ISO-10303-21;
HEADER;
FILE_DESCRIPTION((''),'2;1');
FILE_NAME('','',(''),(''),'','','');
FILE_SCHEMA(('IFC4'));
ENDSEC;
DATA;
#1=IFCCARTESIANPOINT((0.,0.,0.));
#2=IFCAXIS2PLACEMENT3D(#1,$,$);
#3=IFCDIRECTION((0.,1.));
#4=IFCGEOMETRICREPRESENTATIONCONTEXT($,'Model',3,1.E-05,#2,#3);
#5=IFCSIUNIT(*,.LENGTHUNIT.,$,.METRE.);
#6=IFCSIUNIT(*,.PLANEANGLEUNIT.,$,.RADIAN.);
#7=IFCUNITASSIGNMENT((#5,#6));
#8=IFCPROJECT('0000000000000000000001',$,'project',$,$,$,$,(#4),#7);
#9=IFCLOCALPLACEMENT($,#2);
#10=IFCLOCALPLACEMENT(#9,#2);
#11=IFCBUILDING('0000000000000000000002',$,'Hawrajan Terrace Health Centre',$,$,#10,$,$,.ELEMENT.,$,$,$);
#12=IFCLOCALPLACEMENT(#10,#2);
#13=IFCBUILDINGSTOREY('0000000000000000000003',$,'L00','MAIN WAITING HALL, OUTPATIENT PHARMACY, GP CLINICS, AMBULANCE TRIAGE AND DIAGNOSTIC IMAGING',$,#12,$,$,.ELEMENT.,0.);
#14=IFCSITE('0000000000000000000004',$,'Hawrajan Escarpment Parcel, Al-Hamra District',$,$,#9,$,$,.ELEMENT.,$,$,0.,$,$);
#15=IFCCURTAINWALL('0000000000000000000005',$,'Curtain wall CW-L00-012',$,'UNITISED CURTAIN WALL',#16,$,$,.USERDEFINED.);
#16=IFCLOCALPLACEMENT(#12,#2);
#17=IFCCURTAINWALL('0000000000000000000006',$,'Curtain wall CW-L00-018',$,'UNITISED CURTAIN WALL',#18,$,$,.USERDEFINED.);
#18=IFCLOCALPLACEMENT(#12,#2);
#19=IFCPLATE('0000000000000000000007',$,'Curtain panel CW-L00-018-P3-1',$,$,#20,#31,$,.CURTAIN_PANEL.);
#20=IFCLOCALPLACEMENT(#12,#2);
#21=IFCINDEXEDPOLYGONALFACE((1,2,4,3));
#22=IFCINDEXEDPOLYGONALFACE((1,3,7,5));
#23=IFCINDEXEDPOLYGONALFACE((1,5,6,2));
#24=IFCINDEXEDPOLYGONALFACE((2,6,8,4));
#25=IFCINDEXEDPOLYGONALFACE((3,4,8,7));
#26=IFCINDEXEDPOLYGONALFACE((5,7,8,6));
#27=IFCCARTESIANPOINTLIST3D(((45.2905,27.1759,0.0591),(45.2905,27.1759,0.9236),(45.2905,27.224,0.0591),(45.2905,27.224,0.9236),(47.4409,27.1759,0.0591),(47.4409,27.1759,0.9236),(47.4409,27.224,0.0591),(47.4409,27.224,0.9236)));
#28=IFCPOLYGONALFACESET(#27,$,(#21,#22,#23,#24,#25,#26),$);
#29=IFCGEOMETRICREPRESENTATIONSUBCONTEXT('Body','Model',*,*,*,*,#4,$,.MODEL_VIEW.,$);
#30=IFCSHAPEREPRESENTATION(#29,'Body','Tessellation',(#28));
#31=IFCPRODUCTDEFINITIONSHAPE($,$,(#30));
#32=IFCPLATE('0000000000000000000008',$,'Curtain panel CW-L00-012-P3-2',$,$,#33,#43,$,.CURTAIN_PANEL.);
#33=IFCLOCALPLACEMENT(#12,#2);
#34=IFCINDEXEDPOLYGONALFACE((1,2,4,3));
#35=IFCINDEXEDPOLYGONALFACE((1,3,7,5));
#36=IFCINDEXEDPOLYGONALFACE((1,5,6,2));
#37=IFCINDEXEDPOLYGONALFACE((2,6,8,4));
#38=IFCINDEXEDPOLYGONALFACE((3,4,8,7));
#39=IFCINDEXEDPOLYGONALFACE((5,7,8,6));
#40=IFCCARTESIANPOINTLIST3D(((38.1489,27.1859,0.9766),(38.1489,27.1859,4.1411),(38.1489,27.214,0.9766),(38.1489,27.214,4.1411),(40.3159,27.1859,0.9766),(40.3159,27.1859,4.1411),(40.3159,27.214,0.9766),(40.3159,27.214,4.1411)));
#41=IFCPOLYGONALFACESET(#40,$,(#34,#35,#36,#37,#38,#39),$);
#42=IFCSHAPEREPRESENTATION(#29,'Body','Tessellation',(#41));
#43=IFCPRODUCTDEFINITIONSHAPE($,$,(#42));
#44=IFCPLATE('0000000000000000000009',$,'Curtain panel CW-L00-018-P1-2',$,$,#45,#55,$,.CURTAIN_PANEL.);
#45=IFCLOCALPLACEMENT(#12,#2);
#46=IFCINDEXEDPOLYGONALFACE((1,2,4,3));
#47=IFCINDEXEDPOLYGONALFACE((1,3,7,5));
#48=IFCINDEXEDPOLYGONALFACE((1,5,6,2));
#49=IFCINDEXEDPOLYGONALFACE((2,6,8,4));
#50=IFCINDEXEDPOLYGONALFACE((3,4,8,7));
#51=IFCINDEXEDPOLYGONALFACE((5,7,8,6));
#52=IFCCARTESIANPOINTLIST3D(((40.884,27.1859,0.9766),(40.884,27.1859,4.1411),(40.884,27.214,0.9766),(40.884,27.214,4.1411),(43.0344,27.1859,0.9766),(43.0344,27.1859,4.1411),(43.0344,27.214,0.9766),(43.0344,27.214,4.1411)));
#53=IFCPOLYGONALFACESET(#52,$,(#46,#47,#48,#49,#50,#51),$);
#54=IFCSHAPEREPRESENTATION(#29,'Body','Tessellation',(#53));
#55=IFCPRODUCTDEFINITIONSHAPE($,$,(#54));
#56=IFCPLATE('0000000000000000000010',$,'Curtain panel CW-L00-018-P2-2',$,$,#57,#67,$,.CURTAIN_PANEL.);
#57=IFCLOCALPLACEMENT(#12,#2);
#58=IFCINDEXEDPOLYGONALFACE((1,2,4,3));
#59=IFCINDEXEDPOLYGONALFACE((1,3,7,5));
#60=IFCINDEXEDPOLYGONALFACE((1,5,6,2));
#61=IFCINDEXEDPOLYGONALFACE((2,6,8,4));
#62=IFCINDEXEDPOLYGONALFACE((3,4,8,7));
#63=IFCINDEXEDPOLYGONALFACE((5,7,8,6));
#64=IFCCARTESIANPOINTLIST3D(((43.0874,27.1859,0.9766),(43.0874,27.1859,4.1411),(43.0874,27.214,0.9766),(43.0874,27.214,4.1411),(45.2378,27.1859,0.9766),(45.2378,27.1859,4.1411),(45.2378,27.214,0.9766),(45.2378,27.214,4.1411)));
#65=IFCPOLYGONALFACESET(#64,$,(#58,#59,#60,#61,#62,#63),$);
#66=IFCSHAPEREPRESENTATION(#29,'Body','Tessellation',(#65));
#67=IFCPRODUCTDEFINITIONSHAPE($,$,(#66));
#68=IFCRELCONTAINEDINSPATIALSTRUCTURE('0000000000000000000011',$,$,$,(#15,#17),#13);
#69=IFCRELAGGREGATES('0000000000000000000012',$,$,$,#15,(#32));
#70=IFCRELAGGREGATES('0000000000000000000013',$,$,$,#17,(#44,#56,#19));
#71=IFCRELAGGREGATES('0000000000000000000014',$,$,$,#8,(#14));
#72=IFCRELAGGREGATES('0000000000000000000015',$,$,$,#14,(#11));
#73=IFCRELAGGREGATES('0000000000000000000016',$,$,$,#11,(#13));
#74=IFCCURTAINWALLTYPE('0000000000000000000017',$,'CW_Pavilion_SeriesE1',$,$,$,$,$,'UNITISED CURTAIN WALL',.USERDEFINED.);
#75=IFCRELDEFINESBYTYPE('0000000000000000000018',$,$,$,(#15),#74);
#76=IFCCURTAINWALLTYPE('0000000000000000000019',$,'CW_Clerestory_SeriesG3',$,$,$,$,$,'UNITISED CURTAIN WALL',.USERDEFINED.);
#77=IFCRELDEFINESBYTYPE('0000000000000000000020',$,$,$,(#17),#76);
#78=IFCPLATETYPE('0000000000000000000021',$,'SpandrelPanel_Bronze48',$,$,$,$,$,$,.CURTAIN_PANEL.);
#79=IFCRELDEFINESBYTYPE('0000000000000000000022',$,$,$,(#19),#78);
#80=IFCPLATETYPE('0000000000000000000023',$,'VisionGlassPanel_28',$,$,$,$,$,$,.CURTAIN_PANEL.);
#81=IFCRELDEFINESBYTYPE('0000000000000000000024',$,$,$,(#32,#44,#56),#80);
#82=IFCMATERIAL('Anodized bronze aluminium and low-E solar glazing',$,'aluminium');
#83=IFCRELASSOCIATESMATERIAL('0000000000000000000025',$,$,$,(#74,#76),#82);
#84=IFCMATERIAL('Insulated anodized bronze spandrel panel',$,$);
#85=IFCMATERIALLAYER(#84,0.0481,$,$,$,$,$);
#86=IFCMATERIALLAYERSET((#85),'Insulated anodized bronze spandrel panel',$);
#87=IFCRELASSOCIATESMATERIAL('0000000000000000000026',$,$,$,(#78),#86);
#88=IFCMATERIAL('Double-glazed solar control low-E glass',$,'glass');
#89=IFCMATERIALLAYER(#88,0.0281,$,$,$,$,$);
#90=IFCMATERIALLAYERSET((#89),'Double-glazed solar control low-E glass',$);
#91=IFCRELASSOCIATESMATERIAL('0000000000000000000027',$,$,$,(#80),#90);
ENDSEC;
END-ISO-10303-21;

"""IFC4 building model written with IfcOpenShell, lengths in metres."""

from ifc_helpers import new_model, si_unit, direction, frame, origin, origin_2d, place, context, subcontext, project, spatial, rectangle, extrude, material, layer, layer_set, type_object, element, aggregate, save


model = new_model("IFC4")

# Units and contexts
model_context = context("Model", 3, precision=1e-05, world=origin(), true_north=direction((0.0, 1.0)))
body_context = subcontext(model_context, "Body", "Model", "MODEL_VIEW")
ifc_project = project(units=[si_unit("LENGTHUNIT", "METRE"), si_unit("PLANEANGLEUNIT", "RADIAN")], contexts=[model_context])

# Site, building, storey
site_placement = place(None, origin())
site = spatial("IfcSite", under=ifc_project, at=site_placement, Name="Hawrajan Escarpment Parcel, Al-Hamra District", CompositionType="ELEMENT", RefElevation=0.0)
building_placement = place(site_placement, origin())
building = spatial("IfcBuilding", under=site, at=building_placement, Name="Hawrajan Terrace Health Centre", CompositionType="ELEMENT")
storey_placement = place(building_placement, origin())
storey = spatial("IfcBuildingStorey", under=building, at=storey_placement, Name="L00", Description="MAIN WAITING HALL, OUTPATIENT PHARMACY, GP CLINICS, AMBULANCE TRIAGE AND DIAGNOSTIC IMAGING", CompositionType="ELEMENT", Elevation=0.0)

# Curtain wall
ifc_material_1 = material(Name="Anodized bronze aluminium and low-E solar glazing", Category="aluminium")
curtain_wall_type_1 = type_object("IfcCurtainWallType", Name="CW_Pavilion_SeriesE1", ElementType="UNITISED CURTAIN WALL", PredefinedType="USERDEFINED", material=ifc_material_1)
curtain_wall_1_placement = place(storey_placement, origin())
curtain_wall_1 = element("IfcCurtainWall", 1, at=curtain_wall_1_placement, inside=storey, type_object=curtain_wall_type_1, Name="Curtain wall CW-L00-012", ObjectType="UNITISED CURTAIN WALL", PredefinedType="USERDEFINED")

# Curtain wall
curtain_wall_type_2 = type_object("IfcCurtainWallType", Name="CW_Clerestory_SeriesG3", ElementType="UNITISED CURTAIN WALL", PredefinedType="USERDEFINED", material=ifc_material_1)
curtain_wall_2_placement = place(storey_placement, origin())
curtain_wall_2 = element("IfcCurtainWall", 2, at=curtain_wall_2_placement, inside=storey, type_object=curtain_wall_type_2, Name="Curtain wall CW-L00-018", ObjectType="UNITISED CURTAIN WALL", PredefinedType="USERDEFINED")

# Plates
ifc_material_2 = material(Name="Insulated anodized bronze spandrel panel")
ifc_layer_1 = layer(ifc_material_2, 0.0481)
ifc_layer_set_1 = layer_set([ifc_layer_1], Name="Insulated anodized bronze spandrel panel")
plate_type_1 = type_object("IfcPlateType", Name="SpandrelPanel_Bronze48", PredefinedType="CURTAIN_PANEL", material=ifc_layer_set_1)
plate_1_placement = place(storey_placement, frame((46.3657, 27.2, 0.0591), z_axis=(0.0, 0.0, 1.0), x_axis=(1.0, 0.0, 0.0)))
plate_1 = element("IfcPlate", 3, at=plate_1_placement, type_object=plate_type_1, Name="Curtain panel CW-L00-018-P3-1", PredefinedType="CURTAIN_PANEL", context=body_context, shape_type="SweptSolid", body=[
    extrude(rectangle(XDim=2.1504, YDim=0.0481, at=origin_2d()), origin(), (0.0, 0.0, 1.0), 0.8645),
])
ifc_material_3 = material(Name="Double-glazed solar control low-E glass", Category="glass")
ifc_layer_2 = layer(ifc_material_3, 0.0281)
ifc_layer_set_2 = layer_set([ifc_layer_2], Name="Double-glazed solar control low-E glass")
plate_type_2 = type_object("IfcPlateType", Name="VisionGlassPanel_28", PredefinedType="CURTAIN_PANEL", material=ifc_layer_set_2)
plate_2_placement = place(storey_placement, frame((39.2324, 27.2, 0.9766), z_axis=(0.0, 0.0, 1.0), x_axis=(1.0, 0.0, 0.0)))
plate_2 = element("IfcPlate", 4, at=plate_2_placement, type_object=plate_type_2, Name="Curtain panel CW-L00-012-P3-2", PredefinedType="CURTAIN_PANEL", context=body_context, shape_type="SweptSolid", body=[
    extrude(rectangle(XDim=2.167, YDim=0.0281, at=origin_2d()), origin(), (0.0, 0.0, 1.0), 3.1646),
])
aggregate(curtain_wall_1, [plate_2])
plate_3_placement = place(storey_placement, frame((41.9592, 27.2, 0.9766), z_axis=(0.0, 0.0, 1.0), x_axis=(1.0, 0.0, 0.0)))
plate_3 = element("IfcPlate", 5, at=plate_3_placement, type_object=plate_type_2, Name="Curtain panel CW-L00-018-P1-2", PredefinedType="CURTAIN_PANEL", context=body_context, shape_type="SweptSolid", body=[
    extrude(rectangle(XDim=2.1504, YDim=0.0281, at=origin_2d()), origin(), (0.0, 0.0, 1.0), 3.1646),
])
plate_4_placement = place(storey_placement, frame((44.1626, 27.2, 0.9766), z_axis=(0.0, 0.0, 1.0), x_axis=(1.0, 0.0, 0.0)))
plate_4 = element("IfcPlate", 6, at=plate_4_placement, type_object=plate_type_2, Name="Curtain panel CW-L00-018-P2-2", PredefinedType="CURTAIN_PANEL", context=body_context, shape_type="SweptSolid", body=[
    extrude(rectangle(XDim=2.1504, YDim=0.0281, at=origin_2d()), origin(), (0.0, 0.0, 1.0), 3.1646),
])
aggregate(curtain_wall_2, [plate_3, plate_4, plate_1])

save(model, "model.ifc")
